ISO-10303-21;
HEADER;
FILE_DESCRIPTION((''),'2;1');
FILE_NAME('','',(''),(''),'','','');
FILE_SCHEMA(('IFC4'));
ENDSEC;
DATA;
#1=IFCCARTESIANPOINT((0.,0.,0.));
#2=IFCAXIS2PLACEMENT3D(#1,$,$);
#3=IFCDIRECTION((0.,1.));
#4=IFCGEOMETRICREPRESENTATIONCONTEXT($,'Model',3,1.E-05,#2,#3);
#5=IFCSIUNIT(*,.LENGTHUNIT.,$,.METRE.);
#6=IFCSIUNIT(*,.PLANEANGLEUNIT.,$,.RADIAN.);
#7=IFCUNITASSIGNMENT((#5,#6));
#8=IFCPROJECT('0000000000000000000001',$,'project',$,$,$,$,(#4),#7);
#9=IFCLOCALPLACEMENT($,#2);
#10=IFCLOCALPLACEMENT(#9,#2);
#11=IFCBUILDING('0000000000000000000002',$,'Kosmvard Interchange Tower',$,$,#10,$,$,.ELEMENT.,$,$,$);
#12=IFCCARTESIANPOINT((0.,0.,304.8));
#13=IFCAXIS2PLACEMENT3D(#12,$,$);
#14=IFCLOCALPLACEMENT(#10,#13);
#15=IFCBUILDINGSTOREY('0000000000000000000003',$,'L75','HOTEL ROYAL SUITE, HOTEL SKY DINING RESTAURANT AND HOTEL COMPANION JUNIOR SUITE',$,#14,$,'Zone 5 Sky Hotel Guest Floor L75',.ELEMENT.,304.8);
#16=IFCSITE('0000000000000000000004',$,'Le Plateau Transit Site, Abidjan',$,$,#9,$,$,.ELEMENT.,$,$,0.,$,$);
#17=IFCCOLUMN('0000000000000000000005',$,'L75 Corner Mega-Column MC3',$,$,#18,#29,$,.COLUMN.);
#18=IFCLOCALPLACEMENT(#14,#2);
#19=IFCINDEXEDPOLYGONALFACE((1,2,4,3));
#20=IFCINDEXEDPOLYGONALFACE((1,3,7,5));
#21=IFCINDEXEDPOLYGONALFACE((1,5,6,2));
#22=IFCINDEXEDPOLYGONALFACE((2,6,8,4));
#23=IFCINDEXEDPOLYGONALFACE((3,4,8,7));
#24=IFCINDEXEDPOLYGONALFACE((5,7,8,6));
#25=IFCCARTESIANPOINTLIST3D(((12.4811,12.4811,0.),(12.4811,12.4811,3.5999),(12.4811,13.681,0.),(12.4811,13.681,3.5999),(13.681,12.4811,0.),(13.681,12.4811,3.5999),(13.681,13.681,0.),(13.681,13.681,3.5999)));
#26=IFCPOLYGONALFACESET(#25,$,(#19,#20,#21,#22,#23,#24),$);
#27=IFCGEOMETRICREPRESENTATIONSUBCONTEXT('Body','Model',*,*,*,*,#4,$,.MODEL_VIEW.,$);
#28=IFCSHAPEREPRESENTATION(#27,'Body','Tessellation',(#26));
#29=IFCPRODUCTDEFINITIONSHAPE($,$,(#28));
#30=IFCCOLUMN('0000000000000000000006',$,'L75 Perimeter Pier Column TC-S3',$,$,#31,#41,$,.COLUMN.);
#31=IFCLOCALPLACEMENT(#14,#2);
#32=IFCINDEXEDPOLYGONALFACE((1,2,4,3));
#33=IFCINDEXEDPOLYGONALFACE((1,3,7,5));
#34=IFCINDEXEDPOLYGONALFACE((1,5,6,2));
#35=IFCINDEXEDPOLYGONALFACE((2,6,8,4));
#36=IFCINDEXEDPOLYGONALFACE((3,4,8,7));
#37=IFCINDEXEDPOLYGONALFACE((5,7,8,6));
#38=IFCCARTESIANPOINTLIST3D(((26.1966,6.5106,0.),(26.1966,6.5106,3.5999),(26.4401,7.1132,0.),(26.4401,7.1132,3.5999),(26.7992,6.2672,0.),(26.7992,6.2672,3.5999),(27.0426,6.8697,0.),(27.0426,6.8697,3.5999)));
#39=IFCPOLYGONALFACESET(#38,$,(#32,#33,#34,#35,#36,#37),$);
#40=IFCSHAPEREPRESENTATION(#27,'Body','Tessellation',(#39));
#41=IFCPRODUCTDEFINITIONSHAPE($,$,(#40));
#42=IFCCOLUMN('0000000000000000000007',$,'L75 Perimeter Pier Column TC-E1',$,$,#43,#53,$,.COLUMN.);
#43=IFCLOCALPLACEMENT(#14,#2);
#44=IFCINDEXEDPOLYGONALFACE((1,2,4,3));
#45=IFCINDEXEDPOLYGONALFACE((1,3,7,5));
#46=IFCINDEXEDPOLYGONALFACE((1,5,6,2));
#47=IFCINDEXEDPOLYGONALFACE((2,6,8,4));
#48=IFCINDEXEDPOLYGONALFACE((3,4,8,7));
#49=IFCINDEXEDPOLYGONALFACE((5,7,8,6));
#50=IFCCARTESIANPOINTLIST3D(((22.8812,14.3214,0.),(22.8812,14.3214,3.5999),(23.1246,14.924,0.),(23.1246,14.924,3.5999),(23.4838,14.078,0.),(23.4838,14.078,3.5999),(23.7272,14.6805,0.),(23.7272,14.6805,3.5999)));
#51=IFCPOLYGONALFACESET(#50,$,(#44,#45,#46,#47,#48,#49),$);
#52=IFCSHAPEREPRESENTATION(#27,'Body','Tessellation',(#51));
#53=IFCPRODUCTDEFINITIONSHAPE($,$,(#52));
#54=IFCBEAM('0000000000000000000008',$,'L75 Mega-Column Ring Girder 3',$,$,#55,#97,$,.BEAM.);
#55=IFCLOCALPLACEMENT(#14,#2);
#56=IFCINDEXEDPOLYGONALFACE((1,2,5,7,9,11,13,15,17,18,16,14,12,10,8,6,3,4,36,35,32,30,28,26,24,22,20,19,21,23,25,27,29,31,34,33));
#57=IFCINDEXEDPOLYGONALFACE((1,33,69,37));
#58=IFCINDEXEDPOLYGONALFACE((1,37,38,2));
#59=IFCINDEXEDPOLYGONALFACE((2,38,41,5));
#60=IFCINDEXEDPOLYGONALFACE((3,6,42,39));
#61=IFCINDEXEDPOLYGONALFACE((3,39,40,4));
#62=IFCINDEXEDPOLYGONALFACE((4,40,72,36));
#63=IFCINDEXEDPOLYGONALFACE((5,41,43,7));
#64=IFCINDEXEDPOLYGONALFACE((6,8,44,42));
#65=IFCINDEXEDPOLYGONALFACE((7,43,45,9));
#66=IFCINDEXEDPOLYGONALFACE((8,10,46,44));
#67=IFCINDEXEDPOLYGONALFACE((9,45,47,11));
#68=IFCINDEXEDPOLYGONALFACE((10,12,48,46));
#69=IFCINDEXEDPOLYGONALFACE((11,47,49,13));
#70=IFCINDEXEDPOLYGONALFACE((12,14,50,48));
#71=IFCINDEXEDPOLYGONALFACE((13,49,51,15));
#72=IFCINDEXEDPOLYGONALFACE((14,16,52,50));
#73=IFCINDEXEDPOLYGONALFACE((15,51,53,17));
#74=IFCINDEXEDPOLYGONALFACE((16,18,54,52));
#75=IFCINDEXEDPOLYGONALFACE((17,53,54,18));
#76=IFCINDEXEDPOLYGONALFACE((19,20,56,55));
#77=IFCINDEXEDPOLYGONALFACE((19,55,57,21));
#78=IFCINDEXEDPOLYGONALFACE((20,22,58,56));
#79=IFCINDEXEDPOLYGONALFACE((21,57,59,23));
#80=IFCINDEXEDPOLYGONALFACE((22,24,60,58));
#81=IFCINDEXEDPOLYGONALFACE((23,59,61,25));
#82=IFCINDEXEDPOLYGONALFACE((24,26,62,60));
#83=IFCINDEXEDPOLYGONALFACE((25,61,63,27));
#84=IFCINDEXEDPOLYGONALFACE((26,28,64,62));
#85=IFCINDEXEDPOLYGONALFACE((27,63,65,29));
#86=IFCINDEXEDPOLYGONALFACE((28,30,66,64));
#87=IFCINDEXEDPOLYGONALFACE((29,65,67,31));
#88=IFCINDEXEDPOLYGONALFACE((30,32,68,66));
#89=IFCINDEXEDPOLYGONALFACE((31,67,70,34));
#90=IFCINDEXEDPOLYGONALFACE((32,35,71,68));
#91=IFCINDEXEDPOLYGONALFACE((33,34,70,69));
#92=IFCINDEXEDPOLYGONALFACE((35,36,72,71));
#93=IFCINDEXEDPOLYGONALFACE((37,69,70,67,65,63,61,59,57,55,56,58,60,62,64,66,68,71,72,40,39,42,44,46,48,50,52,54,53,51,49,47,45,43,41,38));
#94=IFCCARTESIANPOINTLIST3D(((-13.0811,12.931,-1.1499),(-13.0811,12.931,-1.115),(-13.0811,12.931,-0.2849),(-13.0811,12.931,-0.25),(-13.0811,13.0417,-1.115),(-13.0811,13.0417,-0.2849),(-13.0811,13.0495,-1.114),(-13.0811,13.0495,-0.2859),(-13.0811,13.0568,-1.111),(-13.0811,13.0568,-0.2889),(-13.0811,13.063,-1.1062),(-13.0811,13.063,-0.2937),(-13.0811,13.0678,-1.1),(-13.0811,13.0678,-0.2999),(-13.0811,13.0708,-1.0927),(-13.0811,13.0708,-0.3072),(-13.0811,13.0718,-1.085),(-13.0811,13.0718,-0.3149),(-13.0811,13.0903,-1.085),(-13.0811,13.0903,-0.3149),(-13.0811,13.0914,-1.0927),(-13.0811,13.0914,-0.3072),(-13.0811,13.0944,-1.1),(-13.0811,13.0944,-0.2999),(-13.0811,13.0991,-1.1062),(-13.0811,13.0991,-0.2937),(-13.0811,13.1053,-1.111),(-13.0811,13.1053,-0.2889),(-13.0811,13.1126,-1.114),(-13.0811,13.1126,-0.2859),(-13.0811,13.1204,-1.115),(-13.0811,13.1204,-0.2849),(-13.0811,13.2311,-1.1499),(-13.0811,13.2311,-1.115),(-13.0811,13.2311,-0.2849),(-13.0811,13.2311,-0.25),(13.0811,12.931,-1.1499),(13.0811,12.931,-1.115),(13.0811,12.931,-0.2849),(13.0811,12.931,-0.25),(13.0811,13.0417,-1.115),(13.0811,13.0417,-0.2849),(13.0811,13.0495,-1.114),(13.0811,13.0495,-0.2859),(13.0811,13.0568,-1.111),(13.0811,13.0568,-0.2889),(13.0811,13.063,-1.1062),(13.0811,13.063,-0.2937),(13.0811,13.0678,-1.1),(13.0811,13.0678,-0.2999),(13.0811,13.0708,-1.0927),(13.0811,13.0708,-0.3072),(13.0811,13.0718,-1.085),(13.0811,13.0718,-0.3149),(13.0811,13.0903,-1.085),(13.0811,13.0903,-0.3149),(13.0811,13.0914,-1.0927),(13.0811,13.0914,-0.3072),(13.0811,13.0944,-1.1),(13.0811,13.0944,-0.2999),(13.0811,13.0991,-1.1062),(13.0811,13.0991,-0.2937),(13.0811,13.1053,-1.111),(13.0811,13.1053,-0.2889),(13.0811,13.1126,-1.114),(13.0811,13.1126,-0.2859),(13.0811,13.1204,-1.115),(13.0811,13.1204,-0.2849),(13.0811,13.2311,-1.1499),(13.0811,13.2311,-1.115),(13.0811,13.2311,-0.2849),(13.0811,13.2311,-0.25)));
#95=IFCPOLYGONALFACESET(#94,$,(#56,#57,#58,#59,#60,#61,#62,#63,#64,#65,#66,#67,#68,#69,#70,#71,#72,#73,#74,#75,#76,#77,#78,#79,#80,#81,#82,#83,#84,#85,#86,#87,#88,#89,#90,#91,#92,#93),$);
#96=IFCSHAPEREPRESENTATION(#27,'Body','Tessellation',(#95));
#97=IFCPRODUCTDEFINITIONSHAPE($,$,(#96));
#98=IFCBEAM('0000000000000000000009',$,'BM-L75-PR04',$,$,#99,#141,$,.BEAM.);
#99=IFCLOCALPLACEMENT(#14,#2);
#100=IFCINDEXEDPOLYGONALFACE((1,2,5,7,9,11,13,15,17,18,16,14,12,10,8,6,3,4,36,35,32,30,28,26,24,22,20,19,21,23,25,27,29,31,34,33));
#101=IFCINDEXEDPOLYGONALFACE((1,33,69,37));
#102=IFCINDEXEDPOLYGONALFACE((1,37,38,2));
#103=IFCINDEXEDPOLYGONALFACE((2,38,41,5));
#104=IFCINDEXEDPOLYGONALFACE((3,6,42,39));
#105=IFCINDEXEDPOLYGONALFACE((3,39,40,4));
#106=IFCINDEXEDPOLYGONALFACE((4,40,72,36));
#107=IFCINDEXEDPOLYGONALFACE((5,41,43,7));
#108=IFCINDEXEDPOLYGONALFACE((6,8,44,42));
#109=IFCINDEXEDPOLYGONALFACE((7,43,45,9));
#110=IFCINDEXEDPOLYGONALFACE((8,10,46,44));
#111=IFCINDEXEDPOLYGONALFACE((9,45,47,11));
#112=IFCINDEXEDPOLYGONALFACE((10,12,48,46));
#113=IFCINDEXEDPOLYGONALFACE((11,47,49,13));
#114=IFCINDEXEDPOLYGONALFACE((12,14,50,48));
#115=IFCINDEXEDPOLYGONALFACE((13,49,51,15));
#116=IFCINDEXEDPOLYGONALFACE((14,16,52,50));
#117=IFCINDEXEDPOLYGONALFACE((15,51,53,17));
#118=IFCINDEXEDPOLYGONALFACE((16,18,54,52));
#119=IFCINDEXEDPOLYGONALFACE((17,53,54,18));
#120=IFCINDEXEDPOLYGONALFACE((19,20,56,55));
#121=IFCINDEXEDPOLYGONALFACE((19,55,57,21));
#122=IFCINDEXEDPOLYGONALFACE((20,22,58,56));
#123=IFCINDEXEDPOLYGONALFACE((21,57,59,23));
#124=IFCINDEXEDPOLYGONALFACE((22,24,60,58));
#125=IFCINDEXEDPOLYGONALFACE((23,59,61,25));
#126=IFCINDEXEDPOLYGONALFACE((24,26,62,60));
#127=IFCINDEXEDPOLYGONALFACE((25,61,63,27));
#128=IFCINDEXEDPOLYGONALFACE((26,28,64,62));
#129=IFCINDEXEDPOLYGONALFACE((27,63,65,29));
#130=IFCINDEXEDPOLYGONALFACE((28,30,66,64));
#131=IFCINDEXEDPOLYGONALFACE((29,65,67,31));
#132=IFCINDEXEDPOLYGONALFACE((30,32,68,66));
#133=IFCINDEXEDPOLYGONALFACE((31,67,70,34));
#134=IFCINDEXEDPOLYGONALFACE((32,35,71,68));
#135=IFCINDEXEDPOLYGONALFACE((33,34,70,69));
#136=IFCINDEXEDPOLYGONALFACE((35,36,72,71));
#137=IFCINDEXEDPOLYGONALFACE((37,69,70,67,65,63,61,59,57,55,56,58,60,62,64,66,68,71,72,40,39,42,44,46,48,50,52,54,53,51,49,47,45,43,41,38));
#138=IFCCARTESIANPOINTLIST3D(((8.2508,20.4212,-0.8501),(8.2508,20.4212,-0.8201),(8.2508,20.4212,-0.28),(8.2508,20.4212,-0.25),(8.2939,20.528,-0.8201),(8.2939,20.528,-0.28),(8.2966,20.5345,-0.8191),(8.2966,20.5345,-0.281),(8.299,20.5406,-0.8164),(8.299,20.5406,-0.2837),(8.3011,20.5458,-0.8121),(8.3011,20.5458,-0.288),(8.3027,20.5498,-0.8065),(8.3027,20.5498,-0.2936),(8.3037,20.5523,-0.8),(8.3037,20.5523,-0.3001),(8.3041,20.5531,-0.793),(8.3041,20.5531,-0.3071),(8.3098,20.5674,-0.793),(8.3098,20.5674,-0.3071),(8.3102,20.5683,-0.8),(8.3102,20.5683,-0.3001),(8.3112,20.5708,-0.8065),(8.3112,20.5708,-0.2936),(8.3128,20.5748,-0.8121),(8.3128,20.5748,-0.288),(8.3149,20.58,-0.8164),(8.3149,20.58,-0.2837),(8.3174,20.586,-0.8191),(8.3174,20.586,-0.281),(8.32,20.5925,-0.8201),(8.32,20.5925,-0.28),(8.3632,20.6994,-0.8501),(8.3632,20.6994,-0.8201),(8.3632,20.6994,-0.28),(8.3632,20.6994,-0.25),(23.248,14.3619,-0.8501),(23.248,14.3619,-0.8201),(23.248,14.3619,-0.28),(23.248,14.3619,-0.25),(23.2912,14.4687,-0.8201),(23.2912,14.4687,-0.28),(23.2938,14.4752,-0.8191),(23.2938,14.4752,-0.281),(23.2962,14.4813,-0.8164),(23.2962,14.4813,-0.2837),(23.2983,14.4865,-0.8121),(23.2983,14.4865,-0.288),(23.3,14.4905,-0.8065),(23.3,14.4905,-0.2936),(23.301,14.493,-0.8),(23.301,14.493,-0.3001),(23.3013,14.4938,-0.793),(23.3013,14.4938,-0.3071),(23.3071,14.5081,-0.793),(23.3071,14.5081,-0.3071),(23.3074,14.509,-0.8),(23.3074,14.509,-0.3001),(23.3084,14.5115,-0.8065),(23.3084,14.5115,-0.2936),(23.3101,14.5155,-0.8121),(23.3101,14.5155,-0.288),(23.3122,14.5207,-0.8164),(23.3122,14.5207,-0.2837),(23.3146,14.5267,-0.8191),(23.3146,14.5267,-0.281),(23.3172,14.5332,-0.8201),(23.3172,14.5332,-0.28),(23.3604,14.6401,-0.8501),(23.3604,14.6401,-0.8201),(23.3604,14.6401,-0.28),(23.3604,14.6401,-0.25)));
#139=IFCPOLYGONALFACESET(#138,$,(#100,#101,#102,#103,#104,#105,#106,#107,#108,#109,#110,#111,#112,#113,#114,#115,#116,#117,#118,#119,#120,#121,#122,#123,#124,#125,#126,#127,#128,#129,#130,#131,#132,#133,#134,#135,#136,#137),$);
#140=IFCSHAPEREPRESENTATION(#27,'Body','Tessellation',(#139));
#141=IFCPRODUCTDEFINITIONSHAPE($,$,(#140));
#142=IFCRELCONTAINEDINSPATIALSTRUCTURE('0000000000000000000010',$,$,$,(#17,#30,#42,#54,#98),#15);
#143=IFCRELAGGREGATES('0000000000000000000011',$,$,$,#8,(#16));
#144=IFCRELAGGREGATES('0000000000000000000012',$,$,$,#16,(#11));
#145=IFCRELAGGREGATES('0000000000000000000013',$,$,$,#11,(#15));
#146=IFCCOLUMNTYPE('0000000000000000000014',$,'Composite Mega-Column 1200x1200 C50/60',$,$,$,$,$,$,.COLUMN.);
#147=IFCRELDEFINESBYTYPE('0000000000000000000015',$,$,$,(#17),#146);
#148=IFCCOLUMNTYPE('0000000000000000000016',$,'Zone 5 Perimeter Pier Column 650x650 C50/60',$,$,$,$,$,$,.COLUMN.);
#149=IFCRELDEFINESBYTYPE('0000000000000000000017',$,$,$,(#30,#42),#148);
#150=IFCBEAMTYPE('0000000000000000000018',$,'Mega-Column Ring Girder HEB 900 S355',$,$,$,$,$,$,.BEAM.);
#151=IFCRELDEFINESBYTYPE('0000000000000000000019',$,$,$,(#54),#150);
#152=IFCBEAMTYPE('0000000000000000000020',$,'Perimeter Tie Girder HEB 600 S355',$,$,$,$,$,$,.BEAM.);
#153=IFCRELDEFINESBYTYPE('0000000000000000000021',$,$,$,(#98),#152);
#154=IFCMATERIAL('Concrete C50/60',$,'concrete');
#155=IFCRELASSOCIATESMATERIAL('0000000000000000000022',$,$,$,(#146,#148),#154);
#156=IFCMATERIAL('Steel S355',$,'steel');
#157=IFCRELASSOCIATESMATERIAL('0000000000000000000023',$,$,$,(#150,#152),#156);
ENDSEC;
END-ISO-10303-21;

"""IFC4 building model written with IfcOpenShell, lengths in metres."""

from ifc_helpers import new_model, si_unit, direction, frame, origin, origin_2d, place, context, subcontext, project, spatial, rectangle, i_section, extrude, source, transform, mapped, material, material_profile, profile_set, type_object, element, save


model = new_model("IFC4")

# Units and contexts
model_context = context("Model", 3, precision=1e-05, world=origin(), true_north=direction((0.0, 1.0)))
body_context = subcontext(model_context, "Body", "Model", "MODEL_VIEW")
ifc_project = project(units=[si_unit("LENGTHUNIT", "METRE"), si_unit("PLANEANGLEUNIT", "RADIAN")], contexts=[model_context])

# Site, building, storey
site_placement = place(None, origin())
site = spatial("IfcSite", under=ifc_project, at=site_placement, Name="Le Plateau Transit Site, Abidjan", CompositionType="ELEMENT", RefElevation=0.0)
building_placement = place(site_placement, origin())
building = spatial("IfcBuilding", under=site, at=building_placement, Name="Kosmvard Interchange Tower", CompositionType="ELEMENT")
storey_placement = place(building_placement, frame((0.0, 0.0, 304.8)))
storey = spatial("IfcBuildingStorey", under=building, at=storey_placement, Name="L75", Description="HOTEL ROYAL SUITE, HOTEL SKY DINING RESTAURANT AND HOTEL COMPANION JUNIOR SUITE", LongName="Zone 5 Sky Hotel Guest Floor L75", CompositionType="ELEMENT", Elevation=304.8)

# Columns
ifc_material_1 = material(Name="Concrete C50/60", Category="concrete")
ifc_material_profile_1 = material_profile(ifc_material_1, rectangle(XDim=1.2, YDim=1.2, at=origin_2d()), Name="MC 1200x1200")
ifc_profile_set_1 = profile_set([ifc_material_profile_1], Name="Concrete C50/60")
column_type_1 = type_object("IfcColumnType", Name="Composite Mega-Column 1200x1200 C50/60", PredefinedType="COLUMN", material=ifc_profile_set_1)
shared_shape_1 = source(origin(), body_context, "Body", "SweptSolid", [
    extrude(rectangle(XDim=1.2, YDim=1.2, at=origin_2d()), origin(), (0.0, 0.0, 1.0), 3.5999),
])
column_placement = place(storey_placement, frame((13.0811, 13.0811, 0.0), z_axis=(0.0, 0.0, 1.0), x_axis=(1.0, 0.0, 0.0)))
element("IfcColumn", 1, at=column_placement, inside=storey, type_object=column_type_1, Name="L75 Corner Mega-Column MC3", PredefinedType="COLUMN", context=body_context, shape_type="MappedRepresentation", body=[
    mapped(shared_shape_1, transform((0.0, 0.0, 0.0), scale=1.0)),
])
ifc_material_profile_2 = material_profile(ifc_material_1, rectangle(XDim=0.6499, YDim=0.6499, at=origin_2d()), Name="TC 650x650")
ifc_profile_set_2 = profile_set([ifc_material_profile_2], Name="Concrete C50/60")
column_type_2 = type_object("IfcColumnType", Name="Zone 5 Perimeter Pier Column 650x650 C50/60", PredefinedType="COLUMN", material=ifc_profile_set_2)
shared_shape_2 = source(origin(), body_context, "Body", "SweptSolid", [
    extrude(rectangle(XDim=0.6499, YDim=0.6499, at=origin_2d()), origin(), (0.0, 0.0, 1.0), 3.5999),
])
for number, where, z_axis, x_axis, name in (
    (2, (26.6196, 6.6902, 0.0), (0.0, 0.0, 1.0), (0.374607, 0.927184, 0.0), "L75 Perimeter Pier Column TC-S3"),
    (3, (23.3042, 14.501, 0.0), (0.0, 0.0, 1.0), (0.374607, 0.927184, 0.0), "L75 Perimeter Pier Column TC-E1"),
):
    element("IfcColumn", number, at=place(storey_placement, frame(where, z_axis=z_axis, x_axis=x_axis)), inside=storey, type_object=column_type_2, Name=name, PredefinedType="COLUMN", context=body_context, shape_type="MappedRepresentation", body=[
        mapped(shared_shape_2, transform((0.0, 0.0, 0.0), scale=1.0)),
    ])

# Beams
ifc_material_2 = material(Name="Steel S355", Category="steel")
ifc_material_profile_3 = material_profile(ifc_material_2, i_section(OverallWidth=0.3, OverallDepth=0.8999, WebThickness=0.0186, FlangeThickness=0.0349, FilletRadius=0.03, at=origin_2d()), Name="HEB 900")
ifc_profile_set_3 = profile_set([ifc_material_profile_3], Name="Steel S355")
beam_type_1 = type_object("IfcBeamType", Name="Mega-Column Ring Girder HEB 900 S355", PredefinedType="BEAM", material=ifc_profile_set_3)
shared_shape_3 = source(origin(), body_context, "Body", "SweptSolid", [
    extrude(i_section(OverallWidth=0.3, OverallDepth=0.8999, WebThickness=0.0186, FlangeThickness=0.0349, FilletRadius=0.03, at=origin_2d()), origin(), (0.0, 0.0, 1.0), 26.1621),
])
beam_1_placement = place(storey_placement, frame((13.0811, 13.0811, -0.7), z_axis=(-1.0, 0.0, 0.0), x_axis=(0.0, -1.0, 0.0)))
element("IfcBeam", 4, at=beam_1_placement, inside=storey, type_object=beam_type_1, Name="L75 Mega-Column Ring Girder 3", PredefinedType="BEAM", context=body_context, shape_type="MappedRepresentation", body=[
    mapped(shared_shape_3, transform((0.0, 0.0, 0.0), scale=1.0)),
])
ifc_material_profile_4 = material_profile(ifc_material_2, i_section(OverallWidth=0.3, OverallDepth=0.6001, WebThickness=0.0154, FlangeThickness=0.03, FilletRadius=0.0271, at=origin_2d()), Name="HEB 600")
ifc_profile_set_4 = profile_set([ifc_material_profile_4], Name="Steel S355")
beam_type_2 = type_object("IfcBeamType", Name="Perimeter Tie Girder HEB 600 S355", PredefinedType="BEAM", material=ifc_profile_set_4)
shared_shape_4 = source(origin(), body_context, "Body", "SweptSolid", [
    extrude(i_section(OverallWidth=0.3, OverallDepth=0.6001, WebThickness=0.0154, FlangeThickness=0.03, FilletRadius=0.0271, at=origin_2d()), origin(), (0.0, 0.0, 1.0), 16.175),
])
beam_2_placement = place(storey_placement, frame((23.3042, 14.501, -0.55), z_axis=(-0.927183, 0.374608, 0.0), x_axis=(-0.374608, -0.927183, 0.0)))
element("IfcBeam", 5, at=beam_2_placement, inside=storey, type_object=beam_type_2, Name="BM-L75-PR04", PredefinedType="BEAM", context=body_context, shape_type="MappedRepresentation", body=[
    mapped(shared_shape_4, transform((0.0, 0.0, 0.0), scale=1.0)),
])

save(model, "model.ifc")
